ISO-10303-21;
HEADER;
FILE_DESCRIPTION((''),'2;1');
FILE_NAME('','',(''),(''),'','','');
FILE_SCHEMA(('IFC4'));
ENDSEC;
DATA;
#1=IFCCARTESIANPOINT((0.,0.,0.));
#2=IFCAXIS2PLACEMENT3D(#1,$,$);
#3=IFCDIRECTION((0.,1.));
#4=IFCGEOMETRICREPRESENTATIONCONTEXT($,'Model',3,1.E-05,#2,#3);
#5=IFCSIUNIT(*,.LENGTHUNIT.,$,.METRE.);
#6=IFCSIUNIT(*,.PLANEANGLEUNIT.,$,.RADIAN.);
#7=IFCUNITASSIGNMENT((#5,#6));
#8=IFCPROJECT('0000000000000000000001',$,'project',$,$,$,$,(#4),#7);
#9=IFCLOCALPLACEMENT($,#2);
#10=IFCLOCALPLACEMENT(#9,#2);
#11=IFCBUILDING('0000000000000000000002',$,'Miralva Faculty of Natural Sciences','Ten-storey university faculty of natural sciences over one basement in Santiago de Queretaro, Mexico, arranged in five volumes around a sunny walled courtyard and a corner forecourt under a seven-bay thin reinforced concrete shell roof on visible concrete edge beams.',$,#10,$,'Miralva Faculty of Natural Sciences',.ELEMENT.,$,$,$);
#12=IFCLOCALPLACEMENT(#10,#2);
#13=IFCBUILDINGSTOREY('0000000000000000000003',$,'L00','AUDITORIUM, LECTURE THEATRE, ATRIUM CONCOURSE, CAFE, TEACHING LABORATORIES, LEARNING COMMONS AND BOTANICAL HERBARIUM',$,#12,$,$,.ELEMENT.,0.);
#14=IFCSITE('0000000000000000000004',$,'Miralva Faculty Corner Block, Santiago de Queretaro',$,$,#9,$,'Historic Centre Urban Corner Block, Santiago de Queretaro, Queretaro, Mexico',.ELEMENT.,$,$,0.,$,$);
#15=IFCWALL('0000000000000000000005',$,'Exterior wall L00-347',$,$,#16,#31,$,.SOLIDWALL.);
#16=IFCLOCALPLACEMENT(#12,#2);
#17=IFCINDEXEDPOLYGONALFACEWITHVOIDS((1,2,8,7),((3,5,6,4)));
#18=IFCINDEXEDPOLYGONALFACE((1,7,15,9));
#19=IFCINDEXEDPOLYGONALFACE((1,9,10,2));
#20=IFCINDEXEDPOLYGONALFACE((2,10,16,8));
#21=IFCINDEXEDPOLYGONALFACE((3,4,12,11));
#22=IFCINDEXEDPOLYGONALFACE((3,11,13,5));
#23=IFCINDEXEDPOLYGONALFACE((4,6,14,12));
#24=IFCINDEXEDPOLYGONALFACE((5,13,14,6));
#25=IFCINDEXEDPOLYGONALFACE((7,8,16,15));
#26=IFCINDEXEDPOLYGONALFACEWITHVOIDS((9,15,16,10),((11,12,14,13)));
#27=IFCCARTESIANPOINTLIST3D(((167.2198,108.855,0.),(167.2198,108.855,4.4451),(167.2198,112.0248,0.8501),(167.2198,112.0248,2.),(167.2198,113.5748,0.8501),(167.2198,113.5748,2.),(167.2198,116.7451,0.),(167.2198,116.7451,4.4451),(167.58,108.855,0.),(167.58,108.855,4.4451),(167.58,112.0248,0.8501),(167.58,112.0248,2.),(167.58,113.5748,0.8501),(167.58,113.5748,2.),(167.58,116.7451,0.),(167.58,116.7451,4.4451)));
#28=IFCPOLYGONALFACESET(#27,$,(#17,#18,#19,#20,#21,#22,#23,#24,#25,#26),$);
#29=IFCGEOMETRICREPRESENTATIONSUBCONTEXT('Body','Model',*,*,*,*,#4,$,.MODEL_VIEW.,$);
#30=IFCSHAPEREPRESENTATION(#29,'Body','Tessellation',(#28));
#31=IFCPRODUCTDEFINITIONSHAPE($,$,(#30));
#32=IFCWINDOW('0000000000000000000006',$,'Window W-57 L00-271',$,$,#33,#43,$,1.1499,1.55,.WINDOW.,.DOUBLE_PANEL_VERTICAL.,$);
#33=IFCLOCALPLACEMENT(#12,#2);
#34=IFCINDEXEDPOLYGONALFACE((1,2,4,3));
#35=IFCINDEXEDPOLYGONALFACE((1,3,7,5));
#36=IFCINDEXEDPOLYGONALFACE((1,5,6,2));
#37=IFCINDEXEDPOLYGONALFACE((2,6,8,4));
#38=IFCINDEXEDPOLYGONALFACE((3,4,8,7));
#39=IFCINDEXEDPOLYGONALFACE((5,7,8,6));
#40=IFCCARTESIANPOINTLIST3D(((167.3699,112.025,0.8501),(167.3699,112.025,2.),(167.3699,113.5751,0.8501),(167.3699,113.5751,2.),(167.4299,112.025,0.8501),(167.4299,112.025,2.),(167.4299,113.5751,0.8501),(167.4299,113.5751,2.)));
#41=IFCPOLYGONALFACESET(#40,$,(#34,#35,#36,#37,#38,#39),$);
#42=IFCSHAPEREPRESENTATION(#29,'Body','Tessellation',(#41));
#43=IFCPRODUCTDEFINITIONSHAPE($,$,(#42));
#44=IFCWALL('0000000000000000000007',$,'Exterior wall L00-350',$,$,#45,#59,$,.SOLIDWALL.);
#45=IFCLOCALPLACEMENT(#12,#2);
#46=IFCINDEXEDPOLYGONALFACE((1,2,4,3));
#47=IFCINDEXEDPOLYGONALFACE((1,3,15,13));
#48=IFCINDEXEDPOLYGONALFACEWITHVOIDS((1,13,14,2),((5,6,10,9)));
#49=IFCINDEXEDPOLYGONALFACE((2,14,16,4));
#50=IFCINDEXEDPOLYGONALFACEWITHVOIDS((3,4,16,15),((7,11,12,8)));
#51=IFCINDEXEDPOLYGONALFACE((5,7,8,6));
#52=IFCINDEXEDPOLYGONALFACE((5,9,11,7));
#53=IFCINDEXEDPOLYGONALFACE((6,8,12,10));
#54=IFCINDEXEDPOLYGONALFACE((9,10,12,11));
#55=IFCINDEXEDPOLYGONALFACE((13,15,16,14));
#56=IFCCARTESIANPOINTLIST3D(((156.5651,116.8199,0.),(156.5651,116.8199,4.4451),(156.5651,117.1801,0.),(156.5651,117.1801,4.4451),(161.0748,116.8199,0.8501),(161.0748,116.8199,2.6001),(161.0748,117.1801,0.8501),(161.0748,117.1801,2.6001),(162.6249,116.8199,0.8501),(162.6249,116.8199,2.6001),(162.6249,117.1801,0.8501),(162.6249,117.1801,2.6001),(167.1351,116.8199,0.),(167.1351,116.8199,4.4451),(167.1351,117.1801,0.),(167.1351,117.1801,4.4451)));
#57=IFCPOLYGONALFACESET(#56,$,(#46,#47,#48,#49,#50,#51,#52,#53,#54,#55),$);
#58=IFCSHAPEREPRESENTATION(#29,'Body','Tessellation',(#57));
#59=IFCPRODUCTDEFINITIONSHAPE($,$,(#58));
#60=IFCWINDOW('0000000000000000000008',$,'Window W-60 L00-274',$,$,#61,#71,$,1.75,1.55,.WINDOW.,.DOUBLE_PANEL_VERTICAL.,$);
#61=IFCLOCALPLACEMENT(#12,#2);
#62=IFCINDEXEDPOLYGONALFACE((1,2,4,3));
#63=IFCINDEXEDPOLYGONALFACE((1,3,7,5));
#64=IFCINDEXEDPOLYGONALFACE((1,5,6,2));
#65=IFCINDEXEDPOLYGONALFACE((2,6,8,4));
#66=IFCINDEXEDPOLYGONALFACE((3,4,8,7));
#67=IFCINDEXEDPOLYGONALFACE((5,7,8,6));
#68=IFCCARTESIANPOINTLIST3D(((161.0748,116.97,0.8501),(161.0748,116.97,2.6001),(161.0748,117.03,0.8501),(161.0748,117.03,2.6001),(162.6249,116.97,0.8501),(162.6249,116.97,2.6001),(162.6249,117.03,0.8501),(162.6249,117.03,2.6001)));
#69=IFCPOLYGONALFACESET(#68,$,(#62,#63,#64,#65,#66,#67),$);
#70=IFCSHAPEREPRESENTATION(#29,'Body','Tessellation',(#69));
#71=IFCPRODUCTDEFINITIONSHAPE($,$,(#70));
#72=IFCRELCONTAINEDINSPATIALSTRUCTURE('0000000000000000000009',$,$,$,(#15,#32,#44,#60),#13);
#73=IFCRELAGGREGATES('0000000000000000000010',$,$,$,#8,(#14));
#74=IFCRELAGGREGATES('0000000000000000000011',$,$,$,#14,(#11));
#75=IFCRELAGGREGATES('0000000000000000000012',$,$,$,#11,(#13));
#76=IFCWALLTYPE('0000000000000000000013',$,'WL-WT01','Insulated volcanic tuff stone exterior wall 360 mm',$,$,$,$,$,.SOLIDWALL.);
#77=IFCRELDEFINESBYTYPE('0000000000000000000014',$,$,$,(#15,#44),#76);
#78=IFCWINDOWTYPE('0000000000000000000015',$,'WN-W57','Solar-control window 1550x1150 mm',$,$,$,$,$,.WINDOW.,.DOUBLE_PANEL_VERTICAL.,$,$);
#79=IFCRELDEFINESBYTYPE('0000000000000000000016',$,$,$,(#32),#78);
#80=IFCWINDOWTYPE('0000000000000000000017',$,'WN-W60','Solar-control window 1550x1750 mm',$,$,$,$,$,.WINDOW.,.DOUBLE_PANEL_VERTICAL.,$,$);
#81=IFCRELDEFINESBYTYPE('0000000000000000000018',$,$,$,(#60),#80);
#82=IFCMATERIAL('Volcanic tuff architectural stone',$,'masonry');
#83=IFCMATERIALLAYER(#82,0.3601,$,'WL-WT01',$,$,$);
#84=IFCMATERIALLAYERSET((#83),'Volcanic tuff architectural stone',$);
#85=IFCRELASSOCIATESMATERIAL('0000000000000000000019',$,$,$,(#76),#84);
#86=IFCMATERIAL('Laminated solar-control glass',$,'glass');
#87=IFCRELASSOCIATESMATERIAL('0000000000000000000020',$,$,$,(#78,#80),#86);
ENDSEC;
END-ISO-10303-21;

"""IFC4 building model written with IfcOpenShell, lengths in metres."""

from ifc_helpers import new_model, si_unit, direction, frame, frame_2d, origin, place, context, subcontext, project, spatial, rectangle, extrude, material, layer, layer_set, type_object, element, fill, save


model = new_model("IFC4")

# Units and contexts
model_context = context("Model", 3, precision=1e-05, world=origin(), true_north=direction((0.0, 1.0)))
body_context = subcontext(model_context, "Body", "Model", "MODEL_VIEW")
ifc_project = project(units=[si_unit("LENGTHUNIT", "METRE"), si_unit("PLANEANGLEUNIT", "RADIAN")], contexts=[model_context])

# Site, building, storey
site_placement = place(None, origin())
site = spatial("IfcSite", under=ifc_project, at=site_placement, Name="Miralva Faculty Corner Block, Santiago de Queretaro", LongName="Historic Centre Urban Corner Block, Santiago de Queretaro, Queretaro, Mexico", CompositionType="ELEMENT", RefElevation=0.0)
building_placement = place(site_placement, origin())
building = spatial("IfcBuilding", under=site, at=building_placement, Name="Miralva Faculty of Natural Sciences", Description="Ten-storey university faculty of natural sciences over one basement in Santiago de Queretaro, Mexico, arranged in five volumes around a sunny walled courtyard and a corner forecourt under a seven-bay thin reinforced concrete shell roof on visible concrete edge beams.", LongName="Miralva Faculty of Natural Sciences", CompositionType="ELEMENT")
storey_placement = place(building_placement, origin())
storey = spatial("IfcBuildingStorey", under=building, at=storey_placement, Name="L00", Description="AUDITORIUM, LECTURE THEATRE, ATRIUM CONCOURSE, CAFE, TEACHING LABORATORIES, LEARNING COMMONS AND BOTANICAL HERBARIUM", CompositionType="ELEMENT", Elevation=0.0)

# Walls, openings, windows
ifc_material_1 = material(Name="Volcanic tuff architectural stone", Category="masonry")
ifc_layer = layer(ifc_material_1, 0.3601, Name="WL-WT01")
ifc_layer_set = layer_set([ifc_layer], Name="Volcanic tuff architectural stone")
wall_type = type_object("IfcWallType", Name="WL-WT01", Description="Insulated volcanic tuff stone exterior wall 360 mm", PredefinedType="SOLIDWALL", material=ifc_layer_set)
wall_1_placement = place(storey_placement, frame((167.3999, 108.855, 0.0), z_axis=(0.0, 0.0, 1.0), x_axis=(0.0, 1.0, 0.0)))
wall_1 = element("IfcWall", 1, at=wall_1_placement, inside=storey, type_object=wall_type, Name="Exterior wall L00-347", PredefinedType="SOLIDWALL", context=body_context, shape_type="SweptSolid", body=[
    extrude(rectangle(XDim=7.8901, YDim=0.3601, at=frame_2d((3.9451, 0.0))), origin(), (0.0, 0.0, 1.0), 4.4451),
])
opening_1_placement = place(wall_1_placement, frame((3.1699, 0.0, 0.8501)))
opening_1 = element("IfcOpeningElement", 2, at=opening_1_placement, cuts=wall_1, PredefinedType="OPENING", context=body_context, shape_type="SweptSolid", body=[
    extrude(rectangle(XDim=1.55, YDim=1.1499, at=frame_2d((0.7749, 0.575))), frame((0.0, 0.1899, 0.0), z_axis=(0.0, -1.0, 0.0), x_axis=(1.0, 0.0, 0.0)), (0.0, 0.0, 1.0), 0.3801),
])
ifc_material_2 = material(Name="Laminated solar-control glass", Category="glass")
window_type_1 = type_object("IfcWindowType", Name="WN-W57", Description="Solar-control window 1550x1150 mm", PartitioningType="DOUBLE_PANEL_VERTICAL", PredefinedType="WINDOW", material=ifc_material_2)
window_1_placement = place(opening_1_placement, frame((1.55, 0.0, 0.0), z_axis=(0.0, 0.0, 1.0), x_axis=(-1.0, 0.0, 0.0)))
window_1 = element("IfcWindow", 3, at=window_1_placement, inside=storey, type_object=window_type_1, Name="Window W-57 L00-271", OverallHeight=1.1499, OverallWidth=1.55, PartitioningType="DOUBLE_PANEL_VERTICAL", PredefinedType="WINDOW", context=body_context, shape_type="SweptSolid", body=[
    extrude(rectangle(XDim=1.55, YDim=1.1499, at=frame_2d((0.7749, 0.575))), frame((0.0, 0.03, 0.0), z_axis=(0.0, -1.0, 0.0), x_axis=(1.0, 0.0, 0.0)), (0.0, 0.0, 1.0), 0.0601),
])
fill(opening_1, window_1)
wall_2_placement = place(storey_placement, frame((156.5649, 117.0, 0.0), z_axis=(0.0, 0.0, 1.0), x_axis=(1.0, 0.0, 0.0)))
wall_2 = element("IfcWall", 4, at=wall_2_placement, inside=storey, type_object=wall_type, Name="Exterior wall L00-350", PredefinedType="SOLIDWALL", context=body_context, shape_type="SweptSolid", body=[
    extrude(rectangle(XDim=10.5701, YDim=0.3601, at=frame_2d((5.2852, 0.0))), origin(), (0.0, 0.0, 1.0), 4.4451),
])
opening_2_placement = place(wall_2_placement, frame((4.51, 0.0, 0.8501)))
opening_2 = element("IfcOpeningElement", 5, at=opening_2_placement, cuts=wall_2, PredefinedType="OPENING", context=body_context, shape_type="SweptSolid", body=[
    extrude(rectangle(XDim=1.55, YDim=1.75, at=frame_2d((0.7749, 0.875))), frame((0.0, 0.1899, 0.0), z_axis=(0.0, -1.0, 0.0), x_axis=(1.0, 0.0, 0.0)), (0.0, 0.0, 1.0), 0.3801),
])
window_type_2 = type_object("IfcWindowType", Name="WN-W60", Description="Solar-control window 1550x1750 mm", PartitioningType="DOUBLE_PANEL_VERTICAL", PredefinedType="WINDOW", material=ifc_material_2)
window_2_placement = place(opening_2_placement, origin())
window_2 = element("IfcWindow", 6, at=window_2_placement, inside=storey, type_object=window_type_2, Name="Window W-60 L00-274", OverallHeight=1.75, OverallWidth=1.55, PartitioningType="DOUBLE_PANEL_VERTICAL", PredefinedType="WINDOW", context=body_context, shape_type="SweptSolid", body=[
    extrude(rectangle(XDim=1.55, YDim=1.75, at=frame_2d((0.7749, 0.875))), frame((0.0, 0.03, 0.0), z_axis=(0.0, -1.0, 0.0), x_axis=(1.0, 0.0, 0.0)), (0.0, 0.0, 1.0), 0.0601),
])
fill(opening_2, window_2)

save(model, "model.ifc")
